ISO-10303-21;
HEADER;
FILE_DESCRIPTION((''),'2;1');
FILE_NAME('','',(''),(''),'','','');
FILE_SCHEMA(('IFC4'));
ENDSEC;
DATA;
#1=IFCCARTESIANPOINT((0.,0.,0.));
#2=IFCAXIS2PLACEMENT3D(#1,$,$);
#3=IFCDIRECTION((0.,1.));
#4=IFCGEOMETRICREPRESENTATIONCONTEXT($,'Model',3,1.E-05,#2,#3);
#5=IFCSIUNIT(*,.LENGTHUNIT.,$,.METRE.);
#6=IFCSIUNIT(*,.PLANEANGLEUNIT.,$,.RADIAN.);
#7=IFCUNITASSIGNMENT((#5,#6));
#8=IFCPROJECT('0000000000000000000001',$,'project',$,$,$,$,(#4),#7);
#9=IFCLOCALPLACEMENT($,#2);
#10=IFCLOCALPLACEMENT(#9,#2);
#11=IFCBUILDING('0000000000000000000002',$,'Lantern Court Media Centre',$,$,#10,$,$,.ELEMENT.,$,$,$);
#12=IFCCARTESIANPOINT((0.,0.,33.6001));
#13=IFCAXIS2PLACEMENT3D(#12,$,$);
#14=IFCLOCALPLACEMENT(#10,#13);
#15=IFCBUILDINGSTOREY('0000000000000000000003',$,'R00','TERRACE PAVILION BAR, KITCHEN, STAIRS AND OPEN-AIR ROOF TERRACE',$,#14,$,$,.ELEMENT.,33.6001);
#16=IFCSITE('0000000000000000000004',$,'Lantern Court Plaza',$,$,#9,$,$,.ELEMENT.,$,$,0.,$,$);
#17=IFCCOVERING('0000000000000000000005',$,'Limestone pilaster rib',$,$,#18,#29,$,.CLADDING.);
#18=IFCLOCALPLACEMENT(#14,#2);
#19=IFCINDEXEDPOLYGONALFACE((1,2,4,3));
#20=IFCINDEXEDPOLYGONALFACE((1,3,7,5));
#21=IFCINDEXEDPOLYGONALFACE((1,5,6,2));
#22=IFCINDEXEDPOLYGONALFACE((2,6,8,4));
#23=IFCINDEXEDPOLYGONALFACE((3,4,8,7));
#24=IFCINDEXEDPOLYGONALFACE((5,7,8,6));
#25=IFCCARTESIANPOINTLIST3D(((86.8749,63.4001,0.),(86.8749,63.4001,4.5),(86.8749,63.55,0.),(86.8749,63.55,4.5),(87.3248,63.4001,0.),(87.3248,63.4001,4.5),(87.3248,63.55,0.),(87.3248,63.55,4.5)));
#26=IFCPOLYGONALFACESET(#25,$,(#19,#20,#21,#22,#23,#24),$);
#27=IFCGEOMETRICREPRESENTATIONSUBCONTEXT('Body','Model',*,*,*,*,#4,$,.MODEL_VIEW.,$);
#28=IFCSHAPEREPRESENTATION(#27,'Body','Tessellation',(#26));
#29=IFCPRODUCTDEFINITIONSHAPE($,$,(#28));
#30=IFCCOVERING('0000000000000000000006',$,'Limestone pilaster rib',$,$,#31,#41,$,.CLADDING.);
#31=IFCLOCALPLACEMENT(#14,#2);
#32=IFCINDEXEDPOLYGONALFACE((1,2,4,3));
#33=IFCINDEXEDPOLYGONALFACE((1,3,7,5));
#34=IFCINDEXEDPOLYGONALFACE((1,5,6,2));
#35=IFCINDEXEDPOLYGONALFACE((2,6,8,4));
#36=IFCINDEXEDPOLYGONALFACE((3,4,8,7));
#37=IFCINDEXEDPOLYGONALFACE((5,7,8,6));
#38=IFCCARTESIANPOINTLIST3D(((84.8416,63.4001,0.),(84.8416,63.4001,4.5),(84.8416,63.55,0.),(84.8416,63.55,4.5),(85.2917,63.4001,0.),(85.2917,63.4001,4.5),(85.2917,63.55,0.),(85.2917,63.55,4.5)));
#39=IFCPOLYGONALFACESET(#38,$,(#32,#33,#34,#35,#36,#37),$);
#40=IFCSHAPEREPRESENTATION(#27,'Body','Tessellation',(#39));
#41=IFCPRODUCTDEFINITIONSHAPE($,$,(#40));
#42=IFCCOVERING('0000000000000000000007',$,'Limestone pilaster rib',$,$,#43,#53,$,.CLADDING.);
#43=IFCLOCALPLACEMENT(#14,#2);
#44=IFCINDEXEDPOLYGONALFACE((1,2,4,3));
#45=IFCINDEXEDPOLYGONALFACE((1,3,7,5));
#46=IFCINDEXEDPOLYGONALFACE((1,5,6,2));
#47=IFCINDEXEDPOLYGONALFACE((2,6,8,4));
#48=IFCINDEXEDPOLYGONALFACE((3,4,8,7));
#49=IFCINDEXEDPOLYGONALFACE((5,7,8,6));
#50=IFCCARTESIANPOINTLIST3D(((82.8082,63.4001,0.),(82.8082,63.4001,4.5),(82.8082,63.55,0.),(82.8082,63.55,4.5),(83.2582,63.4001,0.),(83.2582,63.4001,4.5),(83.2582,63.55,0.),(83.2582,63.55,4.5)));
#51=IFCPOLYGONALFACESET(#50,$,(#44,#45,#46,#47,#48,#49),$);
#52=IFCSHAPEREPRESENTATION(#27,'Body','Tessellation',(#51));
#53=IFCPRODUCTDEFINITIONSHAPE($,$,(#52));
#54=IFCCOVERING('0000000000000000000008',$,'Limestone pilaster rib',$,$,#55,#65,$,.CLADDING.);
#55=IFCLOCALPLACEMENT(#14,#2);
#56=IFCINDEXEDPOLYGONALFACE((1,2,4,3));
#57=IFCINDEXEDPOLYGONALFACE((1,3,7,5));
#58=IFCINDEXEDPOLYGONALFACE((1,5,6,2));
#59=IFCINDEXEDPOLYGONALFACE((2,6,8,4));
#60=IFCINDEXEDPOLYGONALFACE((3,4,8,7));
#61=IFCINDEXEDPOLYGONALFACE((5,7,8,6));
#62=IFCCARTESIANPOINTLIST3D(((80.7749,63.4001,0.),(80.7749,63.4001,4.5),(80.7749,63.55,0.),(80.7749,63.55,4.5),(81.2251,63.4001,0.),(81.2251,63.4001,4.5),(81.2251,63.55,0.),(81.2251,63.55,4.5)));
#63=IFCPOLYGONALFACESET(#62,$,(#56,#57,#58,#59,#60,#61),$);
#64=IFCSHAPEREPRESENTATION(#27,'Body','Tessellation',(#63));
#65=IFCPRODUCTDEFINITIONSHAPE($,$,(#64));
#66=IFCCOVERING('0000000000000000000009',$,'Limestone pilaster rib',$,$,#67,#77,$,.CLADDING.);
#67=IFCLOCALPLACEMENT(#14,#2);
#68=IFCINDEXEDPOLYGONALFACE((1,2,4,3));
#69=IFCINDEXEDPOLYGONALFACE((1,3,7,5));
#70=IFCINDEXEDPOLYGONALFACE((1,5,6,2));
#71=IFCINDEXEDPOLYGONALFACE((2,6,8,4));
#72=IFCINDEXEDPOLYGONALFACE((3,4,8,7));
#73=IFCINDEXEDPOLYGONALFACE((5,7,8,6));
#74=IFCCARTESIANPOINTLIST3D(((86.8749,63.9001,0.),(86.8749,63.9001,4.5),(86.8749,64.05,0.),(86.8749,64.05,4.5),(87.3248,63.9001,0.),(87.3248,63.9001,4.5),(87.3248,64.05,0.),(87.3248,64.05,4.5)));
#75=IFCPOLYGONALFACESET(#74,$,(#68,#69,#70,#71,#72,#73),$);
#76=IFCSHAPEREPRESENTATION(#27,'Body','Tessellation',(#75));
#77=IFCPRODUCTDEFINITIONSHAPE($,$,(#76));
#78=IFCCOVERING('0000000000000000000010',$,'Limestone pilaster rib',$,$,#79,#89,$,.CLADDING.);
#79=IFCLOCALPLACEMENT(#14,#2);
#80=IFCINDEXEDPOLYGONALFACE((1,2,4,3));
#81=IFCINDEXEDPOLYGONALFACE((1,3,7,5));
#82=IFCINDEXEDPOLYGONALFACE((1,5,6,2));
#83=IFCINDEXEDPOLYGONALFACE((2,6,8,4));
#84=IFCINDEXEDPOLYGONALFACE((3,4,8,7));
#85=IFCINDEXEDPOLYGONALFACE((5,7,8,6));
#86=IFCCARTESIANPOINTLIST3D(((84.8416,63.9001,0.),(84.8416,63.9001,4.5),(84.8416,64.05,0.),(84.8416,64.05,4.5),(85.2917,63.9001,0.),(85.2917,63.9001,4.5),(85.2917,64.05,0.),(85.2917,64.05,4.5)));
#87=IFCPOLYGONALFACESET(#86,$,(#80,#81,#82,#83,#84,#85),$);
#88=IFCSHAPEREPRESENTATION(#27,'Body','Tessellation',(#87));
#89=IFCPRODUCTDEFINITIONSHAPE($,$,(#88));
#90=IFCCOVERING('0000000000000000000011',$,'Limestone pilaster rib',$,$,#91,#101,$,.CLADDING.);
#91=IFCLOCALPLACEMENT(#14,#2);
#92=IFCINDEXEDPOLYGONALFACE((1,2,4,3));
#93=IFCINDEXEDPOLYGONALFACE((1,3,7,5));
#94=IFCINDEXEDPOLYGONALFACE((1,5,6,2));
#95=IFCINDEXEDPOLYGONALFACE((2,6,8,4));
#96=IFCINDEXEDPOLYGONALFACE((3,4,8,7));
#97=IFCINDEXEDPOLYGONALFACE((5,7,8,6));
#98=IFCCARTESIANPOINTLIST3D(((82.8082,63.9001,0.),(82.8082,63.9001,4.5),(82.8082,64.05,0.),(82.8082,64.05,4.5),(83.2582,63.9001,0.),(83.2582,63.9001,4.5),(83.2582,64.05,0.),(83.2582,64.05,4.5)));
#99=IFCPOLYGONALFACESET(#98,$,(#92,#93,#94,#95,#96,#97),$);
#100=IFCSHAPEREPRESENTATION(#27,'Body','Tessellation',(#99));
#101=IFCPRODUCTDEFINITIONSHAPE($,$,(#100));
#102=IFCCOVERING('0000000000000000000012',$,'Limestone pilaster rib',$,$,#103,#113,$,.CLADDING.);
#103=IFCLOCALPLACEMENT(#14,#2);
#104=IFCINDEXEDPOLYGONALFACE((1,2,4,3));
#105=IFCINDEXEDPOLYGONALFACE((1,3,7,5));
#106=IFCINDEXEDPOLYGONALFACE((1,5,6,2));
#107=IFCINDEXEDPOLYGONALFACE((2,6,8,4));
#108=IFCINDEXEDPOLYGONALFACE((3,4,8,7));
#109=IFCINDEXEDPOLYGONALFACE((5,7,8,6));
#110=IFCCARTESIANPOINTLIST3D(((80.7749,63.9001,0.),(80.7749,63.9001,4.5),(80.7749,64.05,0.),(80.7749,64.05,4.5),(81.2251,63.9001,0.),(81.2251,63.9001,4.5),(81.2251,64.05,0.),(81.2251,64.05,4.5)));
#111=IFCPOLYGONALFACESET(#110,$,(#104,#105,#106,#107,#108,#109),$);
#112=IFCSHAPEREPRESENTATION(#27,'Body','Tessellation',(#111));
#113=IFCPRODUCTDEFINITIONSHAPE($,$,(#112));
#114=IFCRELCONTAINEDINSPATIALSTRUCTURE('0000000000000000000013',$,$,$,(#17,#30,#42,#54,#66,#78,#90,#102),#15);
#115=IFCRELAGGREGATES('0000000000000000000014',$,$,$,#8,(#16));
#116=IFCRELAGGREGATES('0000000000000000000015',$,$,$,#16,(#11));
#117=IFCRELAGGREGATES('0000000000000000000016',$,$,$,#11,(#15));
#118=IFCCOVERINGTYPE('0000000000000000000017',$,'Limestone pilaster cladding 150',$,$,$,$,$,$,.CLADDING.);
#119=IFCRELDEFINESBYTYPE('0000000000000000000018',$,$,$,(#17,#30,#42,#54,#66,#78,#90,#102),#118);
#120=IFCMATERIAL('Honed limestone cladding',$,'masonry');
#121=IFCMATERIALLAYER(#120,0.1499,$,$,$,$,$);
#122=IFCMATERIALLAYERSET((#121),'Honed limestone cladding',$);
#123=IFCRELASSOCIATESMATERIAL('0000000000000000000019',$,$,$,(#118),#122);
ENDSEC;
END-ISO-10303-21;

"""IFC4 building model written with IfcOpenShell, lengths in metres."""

from ifc_helpers import new_model, si_unit, direction, frame, frame_2d, origin, place, context, subcontext, project, spatial, rectangle, extrude, material, layer, layer_set, type_object, element, save


model = new_model("IFC4")

# Units and contexts
model_context = context("Model", 3, precision=1e-05, world=origin(), true_north=direction((0.0, 1.0)))
body_context = subcontext(model_context, "Body", "Model", "MODEL_VIEW")
ifc_project = project(units=[si_unit("LENGTHUNIT", "METRE"), si_unit("PLANEANGLEUNIT", "RADIAN")], contexts=[model_context])

# Site, building, storey
site_placement = place(None, origin())
site = spatial("IfcSite", under=ifc_project, at=site_placement, Name="Lantern Court Plaza", CompositionType="ELEMENT", RefElevation=0.0)
building_placement = place(site_placement, origin())
building = spatial("IfcBuilding", under=site, at=building_placement, Name="Lantern Court Media Centre", CompositionType="ELEMENT")
storey_placement = place(building_placement, frame((0.0, 0.0, 33.6001)))
storey = spatial("IfcBuildingStorey", under=building, at=storey_placement, Name="R00", Description="TERRACE PAVILION BAR, KITCHEN, STAIRS AND OPEN-AIR ROOF TERRACE", CompositionType="ELEMENT", Elevation=33.6001)

# Coverings
ifc_material_1 = material(Name="Honed limestone cladding", Category="masonry")
ifc_layer_1 = layer(ifc_material_1, 0.1499)
ifc_layer_set_1 = layer_set([ifc_layer_1], Name="Honed limestone cladding")
covering_type = type_object("IfcCoveringType", Name="Limestone pilaster cladding 150", PredefinedType="CLADDING", material=ifc_layer_set_1)
for number, where, z_axis, x_axis, name in (
    (1, (87.325, 63.4751, 0.0), (0.0, 0.0, 1.0), (-1.0, 0.0, 0.0), "Limestone pilaster rib"),
):
    element("IfcCovering", number, at=place(storey_placement, frame(where, z_axis=z_axis, x_axis=x_axis)), inside=storey, type_object=covering_type, Name=name, PredefinedType="CLADDING", context=body_context, shape_type="SweptSolid", body=[
        extrude(rectangle(XDim=0.45, YDim=0.1499, at=frame_2d((0.2251, 0.0))), origin(), (0.0, 0.0, 1.0), 4.5),
    ])
covering_1_placement = place(storey_placement, frame((85.2917, 63.4751, 0.0), z_axis=(0.0, 0.0, 1.0), x_axis=(-1.0, 0.0, 0.0)))
element("IfcCovering", 2, at=covering_1_placement, inside=storey, type_object=covering_type, Name="Limestone pilaster rib", PredefinedType="CLADDING", context=body_context, shape_type="SweptSolid", body=[
    extrude(rectangle(XDim=0.4502, YDim=0.1499, at=frame_2d((0.2251, 0.0))), origin(), (0.0, 0.0, 1.0), 4.5),
])
covering_2_placement = place(storey_placement, frame((83.2583, 63.4751, 0.0), z_axis=(0.0, 0.0, 1.0), x_axis=(-1.0, 0.0, 0.0)))
element("IfcCovering", 3, at=covering_2_placement, inside=storey, type_object=covering_type, Name="Limestone pilaster rib", PredefinedType="CLADDING", context=body_context, shape_type="SweptSolid", body=[
    extrude(rectangle(XDim=0.45, YDim=0.1499, at=frame_2d((0.2251, 0.0))), origin(), (0.0, 0.0, 1.0), 4.5),
])
covering_3_placement = place(storey_placement, frame((81.2251, 63.4751, 0.0), z_axis=(0.0, 0.0, 1.0), x_axis=(-1.0, 0.0, 0.0)))
element("IfcCovering", 4, at=covering_3_placement, inside=storey, type_object=covering_type, Name="Limestone pilaster rib", PredefinedType="CLADDING", context=body_context, shape_type="SweptSolid", body=[
    extrude(rectangle(XDim=0.4502, YDim=0.1499, at=frame_2d((0.2251, 0.0))), origin(), (0.0, 0.0, 1.0), 4.5),
])
covering_4_placement = place(storey_placement, frame((87.325, 63.9751, 0.0), z_axis=(0.0, 0.0, 1.0), x_axis=(-1.0, 0.0, 0.0)))
element("IfcCovering", 5, at=covering_4_placement, inside=storey, type_object=covering_type, Name="Limestone pilaster rib", PredefinedType="CLADDING", context=body_context, shape_type="SweptSolid", body=[
    extrude(rectangle(XDim=0.45, YDim=0.1499, at=frame_2d((0.2251, 0.0))), origin(), (0.0, 0.0, 1.0), 4.5),
])
covering_5_placement = place(storey_placement, frame((85.2917, 63.9751, 0.0), z_axis=(0.0, 0.0, 1.0), x_axis=(-1.0, 0.0, 0.0)))
element("IfcCovering", 6, at=covering_5_placement, inside=storey, type_object=covering_type, Name="Limestone pilaster rib", PredefinedType="CLADDING", context=body_context, shape_type="SweptSolid", body=[
    extrude(rectangle(XDim=0.4502, YDim=0.1499, at=frame_2d((0.2251, 0.0))), origin(), (0.0, 0.0, 1.0), 4.5),
])
covering_6_placement = place(storey_placement, frame((83.2583, 63.9751, 0.0), z_axis=(0.0, 0.0, 1.0), x_axis=(-1.0, 0.0, 0.0)))
element("IfcCovering", 7, at=covering_6_placement, inside=storey, type_object=covering_type, Name="Limestone pilaster rib", PredefinedType="CLADDING", context=body_context, shape_type="SweptSolid", body=[
    extrude(rectangle(XDim=0.45, YDim=0.1499, at=frame_2d((0.2251, 0.0))), origin(), (0.0, 0.0, 1.0), 4.5),
])
covering_7_placement = place(storey_placement, frame((81.2251, 63.9751, 0.0), z_axis=(0.0, 0.0, 1.0), x_axis=(-1.0, 0.0, 0.0)))
element("IfcCovering", 8, at=covering_7_placement, inside=storey, type_object=covering_type, Name="Limestone pilaster rib", PredefinedType="CLADDING", context=body_context, shape_type="SweptSolid", body=[
    extrude(rectangle(XDim=0.4502, YDim=0.1499, at=frame_2d((0.2251, 0.0))), origin(), (0.0, 0.0, 1.0), 4.5),
])

save(model, "model.ifc")
